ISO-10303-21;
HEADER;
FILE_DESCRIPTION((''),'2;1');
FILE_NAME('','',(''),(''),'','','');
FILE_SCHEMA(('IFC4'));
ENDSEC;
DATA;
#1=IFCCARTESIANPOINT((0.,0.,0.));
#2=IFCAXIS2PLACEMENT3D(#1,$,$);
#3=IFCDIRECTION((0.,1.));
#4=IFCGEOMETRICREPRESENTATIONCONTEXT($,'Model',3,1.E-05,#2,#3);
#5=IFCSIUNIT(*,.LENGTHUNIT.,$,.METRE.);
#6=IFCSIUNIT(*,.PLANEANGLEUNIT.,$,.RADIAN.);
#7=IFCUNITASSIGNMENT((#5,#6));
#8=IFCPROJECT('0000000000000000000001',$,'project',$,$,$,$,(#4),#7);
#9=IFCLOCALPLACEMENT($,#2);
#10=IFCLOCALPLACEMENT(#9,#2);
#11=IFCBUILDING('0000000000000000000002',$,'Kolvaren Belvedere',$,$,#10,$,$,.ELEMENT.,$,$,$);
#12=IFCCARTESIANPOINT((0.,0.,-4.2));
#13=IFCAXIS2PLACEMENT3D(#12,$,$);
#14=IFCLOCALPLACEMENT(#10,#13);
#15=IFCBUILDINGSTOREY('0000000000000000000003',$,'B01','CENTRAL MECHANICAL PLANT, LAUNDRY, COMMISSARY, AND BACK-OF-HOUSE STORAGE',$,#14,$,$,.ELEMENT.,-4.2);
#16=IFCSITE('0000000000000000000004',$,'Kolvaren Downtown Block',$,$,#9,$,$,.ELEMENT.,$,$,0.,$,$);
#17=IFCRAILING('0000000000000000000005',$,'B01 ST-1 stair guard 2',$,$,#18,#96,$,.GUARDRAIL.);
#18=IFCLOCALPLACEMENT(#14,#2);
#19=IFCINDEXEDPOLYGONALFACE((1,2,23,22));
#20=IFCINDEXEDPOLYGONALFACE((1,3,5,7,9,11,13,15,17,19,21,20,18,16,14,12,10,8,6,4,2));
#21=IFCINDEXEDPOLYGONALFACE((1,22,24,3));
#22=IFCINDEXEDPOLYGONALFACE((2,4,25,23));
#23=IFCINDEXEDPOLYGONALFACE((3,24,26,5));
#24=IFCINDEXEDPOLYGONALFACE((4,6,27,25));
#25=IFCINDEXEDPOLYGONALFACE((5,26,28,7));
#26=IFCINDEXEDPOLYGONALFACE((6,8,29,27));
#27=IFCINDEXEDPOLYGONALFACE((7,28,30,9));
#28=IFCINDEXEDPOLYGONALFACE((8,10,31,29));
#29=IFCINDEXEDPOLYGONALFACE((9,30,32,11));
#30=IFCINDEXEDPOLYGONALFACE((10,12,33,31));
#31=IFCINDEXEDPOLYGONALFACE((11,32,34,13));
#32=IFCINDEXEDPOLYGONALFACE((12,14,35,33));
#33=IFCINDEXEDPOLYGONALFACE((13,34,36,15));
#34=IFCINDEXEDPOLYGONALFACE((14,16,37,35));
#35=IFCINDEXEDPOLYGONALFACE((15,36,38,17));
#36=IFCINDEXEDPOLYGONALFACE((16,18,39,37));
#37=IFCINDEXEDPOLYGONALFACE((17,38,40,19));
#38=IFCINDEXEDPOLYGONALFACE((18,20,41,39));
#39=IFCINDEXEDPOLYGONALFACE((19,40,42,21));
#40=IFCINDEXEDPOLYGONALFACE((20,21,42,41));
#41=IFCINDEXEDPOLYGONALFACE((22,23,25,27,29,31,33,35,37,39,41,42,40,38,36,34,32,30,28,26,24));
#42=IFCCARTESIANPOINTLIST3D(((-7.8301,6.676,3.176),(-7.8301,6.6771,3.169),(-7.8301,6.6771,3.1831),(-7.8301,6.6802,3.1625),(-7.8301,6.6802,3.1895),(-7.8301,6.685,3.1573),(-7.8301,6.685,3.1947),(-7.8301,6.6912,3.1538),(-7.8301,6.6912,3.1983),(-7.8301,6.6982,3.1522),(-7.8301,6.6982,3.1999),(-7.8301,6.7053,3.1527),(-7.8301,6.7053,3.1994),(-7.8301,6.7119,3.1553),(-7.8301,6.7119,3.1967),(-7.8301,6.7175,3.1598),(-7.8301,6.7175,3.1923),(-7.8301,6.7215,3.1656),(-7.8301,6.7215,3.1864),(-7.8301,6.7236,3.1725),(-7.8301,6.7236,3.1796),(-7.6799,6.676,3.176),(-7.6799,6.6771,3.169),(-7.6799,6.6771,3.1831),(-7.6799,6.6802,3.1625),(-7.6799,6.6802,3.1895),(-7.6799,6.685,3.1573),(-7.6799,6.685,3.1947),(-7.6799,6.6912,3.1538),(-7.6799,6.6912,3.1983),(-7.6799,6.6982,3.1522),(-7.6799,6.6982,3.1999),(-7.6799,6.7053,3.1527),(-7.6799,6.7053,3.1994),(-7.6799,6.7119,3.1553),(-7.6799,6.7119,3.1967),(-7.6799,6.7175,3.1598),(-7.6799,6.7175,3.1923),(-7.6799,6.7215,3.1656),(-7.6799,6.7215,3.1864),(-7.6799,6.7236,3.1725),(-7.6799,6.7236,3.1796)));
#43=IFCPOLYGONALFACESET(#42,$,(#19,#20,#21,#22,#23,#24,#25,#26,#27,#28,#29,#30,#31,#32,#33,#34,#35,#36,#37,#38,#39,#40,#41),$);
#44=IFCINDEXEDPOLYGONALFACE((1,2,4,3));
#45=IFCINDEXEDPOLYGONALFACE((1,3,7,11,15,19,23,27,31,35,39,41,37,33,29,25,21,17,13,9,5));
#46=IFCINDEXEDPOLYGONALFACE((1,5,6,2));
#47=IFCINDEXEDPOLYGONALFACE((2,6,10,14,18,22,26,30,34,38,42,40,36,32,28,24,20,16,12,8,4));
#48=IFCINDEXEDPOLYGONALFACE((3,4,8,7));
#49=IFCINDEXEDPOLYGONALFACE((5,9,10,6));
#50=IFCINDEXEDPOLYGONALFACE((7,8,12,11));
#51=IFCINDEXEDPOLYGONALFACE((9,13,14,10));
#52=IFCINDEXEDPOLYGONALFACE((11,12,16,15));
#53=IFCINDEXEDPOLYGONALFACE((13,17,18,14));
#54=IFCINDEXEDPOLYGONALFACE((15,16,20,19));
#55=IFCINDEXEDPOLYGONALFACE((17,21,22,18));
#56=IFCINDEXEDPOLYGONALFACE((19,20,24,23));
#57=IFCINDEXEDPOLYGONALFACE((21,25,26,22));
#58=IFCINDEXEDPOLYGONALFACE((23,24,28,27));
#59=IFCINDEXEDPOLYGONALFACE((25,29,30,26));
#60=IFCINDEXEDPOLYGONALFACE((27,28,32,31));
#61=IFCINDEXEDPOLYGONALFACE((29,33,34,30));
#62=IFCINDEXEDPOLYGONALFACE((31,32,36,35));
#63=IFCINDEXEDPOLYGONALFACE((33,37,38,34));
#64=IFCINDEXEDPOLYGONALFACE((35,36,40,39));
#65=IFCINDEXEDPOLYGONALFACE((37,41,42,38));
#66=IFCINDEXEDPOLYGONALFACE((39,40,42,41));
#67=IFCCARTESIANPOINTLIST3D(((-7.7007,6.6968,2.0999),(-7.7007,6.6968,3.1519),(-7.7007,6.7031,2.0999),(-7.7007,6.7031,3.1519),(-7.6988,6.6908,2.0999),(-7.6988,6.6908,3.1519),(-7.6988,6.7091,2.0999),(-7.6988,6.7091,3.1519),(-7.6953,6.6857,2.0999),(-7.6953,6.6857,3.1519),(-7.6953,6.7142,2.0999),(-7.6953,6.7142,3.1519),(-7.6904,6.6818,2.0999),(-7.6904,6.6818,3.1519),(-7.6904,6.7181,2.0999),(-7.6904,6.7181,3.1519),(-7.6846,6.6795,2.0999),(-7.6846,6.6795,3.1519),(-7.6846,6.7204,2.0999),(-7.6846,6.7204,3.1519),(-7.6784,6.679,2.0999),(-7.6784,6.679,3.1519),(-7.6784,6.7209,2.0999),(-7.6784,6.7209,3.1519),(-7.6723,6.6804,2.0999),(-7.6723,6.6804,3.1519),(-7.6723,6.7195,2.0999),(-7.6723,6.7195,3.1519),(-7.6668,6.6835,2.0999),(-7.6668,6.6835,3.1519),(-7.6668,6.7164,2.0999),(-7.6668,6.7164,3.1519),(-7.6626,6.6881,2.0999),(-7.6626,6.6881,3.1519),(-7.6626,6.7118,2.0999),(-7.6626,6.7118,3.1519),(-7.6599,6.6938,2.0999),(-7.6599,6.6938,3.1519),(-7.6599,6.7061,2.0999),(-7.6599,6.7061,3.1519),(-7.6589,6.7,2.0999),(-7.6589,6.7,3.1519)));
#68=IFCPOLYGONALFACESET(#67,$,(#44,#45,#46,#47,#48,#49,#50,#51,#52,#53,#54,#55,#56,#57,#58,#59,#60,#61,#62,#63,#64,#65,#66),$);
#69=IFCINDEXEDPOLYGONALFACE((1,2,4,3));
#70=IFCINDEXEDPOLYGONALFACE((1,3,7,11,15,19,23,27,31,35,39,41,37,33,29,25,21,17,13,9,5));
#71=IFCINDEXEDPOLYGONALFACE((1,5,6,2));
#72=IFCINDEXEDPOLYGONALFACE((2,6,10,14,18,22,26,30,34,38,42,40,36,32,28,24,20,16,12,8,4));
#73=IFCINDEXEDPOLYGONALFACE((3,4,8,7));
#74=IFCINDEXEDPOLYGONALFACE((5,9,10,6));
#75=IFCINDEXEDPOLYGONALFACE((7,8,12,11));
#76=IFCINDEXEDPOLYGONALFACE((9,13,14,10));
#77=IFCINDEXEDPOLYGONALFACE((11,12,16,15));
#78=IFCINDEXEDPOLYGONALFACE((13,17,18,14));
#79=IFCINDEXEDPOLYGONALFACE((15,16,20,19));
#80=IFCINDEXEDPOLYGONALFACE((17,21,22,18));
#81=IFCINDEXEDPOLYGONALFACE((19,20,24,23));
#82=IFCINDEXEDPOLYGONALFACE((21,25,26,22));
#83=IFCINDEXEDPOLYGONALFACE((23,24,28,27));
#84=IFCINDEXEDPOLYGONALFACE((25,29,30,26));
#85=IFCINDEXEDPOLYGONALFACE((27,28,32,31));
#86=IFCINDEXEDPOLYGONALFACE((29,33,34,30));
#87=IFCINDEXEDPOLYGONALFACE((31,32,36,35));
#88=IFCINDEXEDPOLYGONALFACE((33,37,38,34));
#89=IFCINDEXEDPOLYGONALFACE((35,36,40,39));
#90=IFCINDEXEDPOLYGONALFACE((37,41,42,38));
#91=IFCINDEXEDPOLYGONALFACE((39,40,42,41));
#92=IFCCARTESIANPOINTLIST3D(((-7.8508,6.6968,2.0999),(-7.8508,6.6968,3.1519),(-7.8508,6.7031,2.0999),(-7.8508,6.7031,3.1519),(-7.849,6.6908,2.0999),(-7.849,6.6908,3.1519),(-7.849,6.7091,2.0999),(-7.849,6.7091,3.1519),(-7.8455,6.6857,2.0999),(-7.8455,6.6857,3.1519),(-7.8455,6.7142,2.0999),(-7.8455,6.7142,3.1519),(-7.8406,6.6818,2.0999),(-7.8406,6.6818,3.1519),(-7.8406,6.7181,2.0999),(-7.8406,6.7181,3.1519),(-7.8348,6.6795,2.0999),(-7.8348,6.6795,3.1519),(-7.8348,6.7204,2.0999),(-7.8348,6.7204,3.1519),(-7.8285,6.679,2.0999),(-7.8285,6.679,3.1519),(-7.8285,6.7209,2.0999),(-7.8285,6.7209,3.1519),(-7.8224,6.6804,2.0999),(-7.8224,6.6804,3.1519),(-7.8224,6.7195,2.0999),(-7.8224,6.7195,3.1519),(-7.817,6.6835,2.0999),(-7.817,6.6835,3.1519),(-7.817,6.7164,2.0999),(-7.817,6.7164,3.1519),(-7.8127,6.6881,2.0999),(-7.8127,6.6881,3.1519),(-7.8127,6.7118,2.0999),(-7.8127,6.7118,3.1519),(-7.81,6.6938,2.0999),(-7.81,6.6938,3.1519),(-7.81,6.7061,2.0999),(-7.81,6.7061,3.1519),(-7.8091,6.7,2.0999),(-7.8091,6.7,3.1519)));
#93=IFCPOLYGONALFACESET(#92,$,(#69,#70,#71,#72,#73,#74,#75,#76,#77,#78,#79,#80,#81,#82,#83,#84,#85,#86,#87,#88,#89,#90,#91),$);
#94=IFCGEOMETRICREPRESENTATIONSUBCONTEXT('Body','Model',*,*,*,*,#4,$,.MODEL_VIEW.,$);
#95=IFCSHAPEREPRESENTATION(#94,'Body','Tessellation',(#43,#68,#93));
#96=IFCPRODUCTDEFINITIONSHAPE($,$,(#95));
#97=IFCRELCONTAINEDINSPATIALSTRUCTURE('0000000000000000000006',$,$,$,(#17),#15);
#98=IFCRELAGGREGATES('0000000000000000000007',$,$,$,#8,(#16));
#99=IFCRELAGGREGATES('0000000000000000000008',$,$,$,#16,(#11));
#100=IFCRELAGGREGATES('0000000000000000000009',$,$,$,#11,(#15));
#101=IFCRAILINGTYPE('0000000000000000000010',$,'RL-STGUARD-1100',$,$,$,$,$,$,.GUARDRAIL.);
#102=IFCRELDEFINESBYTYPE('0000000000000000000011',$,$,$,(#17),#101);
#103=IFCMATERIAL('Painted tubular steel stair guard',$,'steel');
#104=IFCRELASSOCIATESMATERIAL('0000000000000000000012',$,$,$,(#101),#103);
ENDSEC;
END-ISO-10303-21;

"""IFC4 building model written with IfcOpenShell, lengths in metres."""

from ifc_helpers import new_model, si_unit, direction, frame, origin, origin_2d, place, context, subcontext, project, spatial, circle, extrude, material, type_object, element, save


model = new_model("IFC4")

# Units and contexts
model_context = context("Model", 3, precision=1e-05, world=origin(), true_north=direction((0.0, 1.0)))
body_context = subcontext(model_context, "Body", "Model", "MODEL_VIEW")
ifc_project = project(units=[si_unit("LENGTHUNIT", "METRE"), si_unit("PLANEANGLEUNIT", "RADIAN")], contexts=[model_context])

# Site, building, storey
site_placement = place(None, origin())
site = spatial("IfcSite", under=ifc_project, at=site_placement, Name="Kolvaren Downtown Block", CompositionType="ELEMENT", RefElevation=0.0)
building_placement = place(site_placement, origin())
building = spatial("IfcBuilding", under=site, at=building_placement, Name="Kolvaren Belvedere", CompositionType="ELEMENT")
storey_placement = place(building_placement, frame((0.0, 0.0, -4.2)))
storey = spatial("IfcBuildingStorey", under=building, at=storey_placement, Name="B01", Description="CENTRAL MECHANICAL PLANT, LAUNDRY, COMMISSARY, AND BACK-OF-HOUSE STORAGE", CompositionType="ELEMENT", Elevation=-4.2)

# Railing
ifc_material_1 = material(Name="Painted tubular steel stair guard", Category="steel")
railing_type_1 = type_object("IfcRailingType", Name="RL-STGUARD-1100", PredefinedType="GUARDRAIL", material=ifc_material_1)
railing_1_placement = place(storey_placement, frame((-7.6799, 6.7, 2.0999)))
element("IfcRailing", 1, at=railing_1_placement, inside=storey, type_object=railing_type_1, Name="B01 ST-1 stair guard 2", PredefinedType="GUARDRAIL", context=body_context, shape_type="SweptSolid", body=[
    extrude(circle(Radius=0.0239, at=origin_2d()), frame((0.0, 0.0, 1.0762), z_axis=(-1.0, 0.0, 0.0), x_axis=(0.0, -1.0, 0.0)), (0.0, 0.0, 1.0), 0.1501),
    extrude(circle(Radius=0.021, at=origin_2d()), origin(), (0.0, 0.0, 1.0), 1.052),
    extrude(circle(Radius=0.021, at=origin_2d()), frame((-0.1501, 0.0, 0.0)), (0.0, 0.0, 1.0), 1.052),
])

save(model, "model.ifc")
